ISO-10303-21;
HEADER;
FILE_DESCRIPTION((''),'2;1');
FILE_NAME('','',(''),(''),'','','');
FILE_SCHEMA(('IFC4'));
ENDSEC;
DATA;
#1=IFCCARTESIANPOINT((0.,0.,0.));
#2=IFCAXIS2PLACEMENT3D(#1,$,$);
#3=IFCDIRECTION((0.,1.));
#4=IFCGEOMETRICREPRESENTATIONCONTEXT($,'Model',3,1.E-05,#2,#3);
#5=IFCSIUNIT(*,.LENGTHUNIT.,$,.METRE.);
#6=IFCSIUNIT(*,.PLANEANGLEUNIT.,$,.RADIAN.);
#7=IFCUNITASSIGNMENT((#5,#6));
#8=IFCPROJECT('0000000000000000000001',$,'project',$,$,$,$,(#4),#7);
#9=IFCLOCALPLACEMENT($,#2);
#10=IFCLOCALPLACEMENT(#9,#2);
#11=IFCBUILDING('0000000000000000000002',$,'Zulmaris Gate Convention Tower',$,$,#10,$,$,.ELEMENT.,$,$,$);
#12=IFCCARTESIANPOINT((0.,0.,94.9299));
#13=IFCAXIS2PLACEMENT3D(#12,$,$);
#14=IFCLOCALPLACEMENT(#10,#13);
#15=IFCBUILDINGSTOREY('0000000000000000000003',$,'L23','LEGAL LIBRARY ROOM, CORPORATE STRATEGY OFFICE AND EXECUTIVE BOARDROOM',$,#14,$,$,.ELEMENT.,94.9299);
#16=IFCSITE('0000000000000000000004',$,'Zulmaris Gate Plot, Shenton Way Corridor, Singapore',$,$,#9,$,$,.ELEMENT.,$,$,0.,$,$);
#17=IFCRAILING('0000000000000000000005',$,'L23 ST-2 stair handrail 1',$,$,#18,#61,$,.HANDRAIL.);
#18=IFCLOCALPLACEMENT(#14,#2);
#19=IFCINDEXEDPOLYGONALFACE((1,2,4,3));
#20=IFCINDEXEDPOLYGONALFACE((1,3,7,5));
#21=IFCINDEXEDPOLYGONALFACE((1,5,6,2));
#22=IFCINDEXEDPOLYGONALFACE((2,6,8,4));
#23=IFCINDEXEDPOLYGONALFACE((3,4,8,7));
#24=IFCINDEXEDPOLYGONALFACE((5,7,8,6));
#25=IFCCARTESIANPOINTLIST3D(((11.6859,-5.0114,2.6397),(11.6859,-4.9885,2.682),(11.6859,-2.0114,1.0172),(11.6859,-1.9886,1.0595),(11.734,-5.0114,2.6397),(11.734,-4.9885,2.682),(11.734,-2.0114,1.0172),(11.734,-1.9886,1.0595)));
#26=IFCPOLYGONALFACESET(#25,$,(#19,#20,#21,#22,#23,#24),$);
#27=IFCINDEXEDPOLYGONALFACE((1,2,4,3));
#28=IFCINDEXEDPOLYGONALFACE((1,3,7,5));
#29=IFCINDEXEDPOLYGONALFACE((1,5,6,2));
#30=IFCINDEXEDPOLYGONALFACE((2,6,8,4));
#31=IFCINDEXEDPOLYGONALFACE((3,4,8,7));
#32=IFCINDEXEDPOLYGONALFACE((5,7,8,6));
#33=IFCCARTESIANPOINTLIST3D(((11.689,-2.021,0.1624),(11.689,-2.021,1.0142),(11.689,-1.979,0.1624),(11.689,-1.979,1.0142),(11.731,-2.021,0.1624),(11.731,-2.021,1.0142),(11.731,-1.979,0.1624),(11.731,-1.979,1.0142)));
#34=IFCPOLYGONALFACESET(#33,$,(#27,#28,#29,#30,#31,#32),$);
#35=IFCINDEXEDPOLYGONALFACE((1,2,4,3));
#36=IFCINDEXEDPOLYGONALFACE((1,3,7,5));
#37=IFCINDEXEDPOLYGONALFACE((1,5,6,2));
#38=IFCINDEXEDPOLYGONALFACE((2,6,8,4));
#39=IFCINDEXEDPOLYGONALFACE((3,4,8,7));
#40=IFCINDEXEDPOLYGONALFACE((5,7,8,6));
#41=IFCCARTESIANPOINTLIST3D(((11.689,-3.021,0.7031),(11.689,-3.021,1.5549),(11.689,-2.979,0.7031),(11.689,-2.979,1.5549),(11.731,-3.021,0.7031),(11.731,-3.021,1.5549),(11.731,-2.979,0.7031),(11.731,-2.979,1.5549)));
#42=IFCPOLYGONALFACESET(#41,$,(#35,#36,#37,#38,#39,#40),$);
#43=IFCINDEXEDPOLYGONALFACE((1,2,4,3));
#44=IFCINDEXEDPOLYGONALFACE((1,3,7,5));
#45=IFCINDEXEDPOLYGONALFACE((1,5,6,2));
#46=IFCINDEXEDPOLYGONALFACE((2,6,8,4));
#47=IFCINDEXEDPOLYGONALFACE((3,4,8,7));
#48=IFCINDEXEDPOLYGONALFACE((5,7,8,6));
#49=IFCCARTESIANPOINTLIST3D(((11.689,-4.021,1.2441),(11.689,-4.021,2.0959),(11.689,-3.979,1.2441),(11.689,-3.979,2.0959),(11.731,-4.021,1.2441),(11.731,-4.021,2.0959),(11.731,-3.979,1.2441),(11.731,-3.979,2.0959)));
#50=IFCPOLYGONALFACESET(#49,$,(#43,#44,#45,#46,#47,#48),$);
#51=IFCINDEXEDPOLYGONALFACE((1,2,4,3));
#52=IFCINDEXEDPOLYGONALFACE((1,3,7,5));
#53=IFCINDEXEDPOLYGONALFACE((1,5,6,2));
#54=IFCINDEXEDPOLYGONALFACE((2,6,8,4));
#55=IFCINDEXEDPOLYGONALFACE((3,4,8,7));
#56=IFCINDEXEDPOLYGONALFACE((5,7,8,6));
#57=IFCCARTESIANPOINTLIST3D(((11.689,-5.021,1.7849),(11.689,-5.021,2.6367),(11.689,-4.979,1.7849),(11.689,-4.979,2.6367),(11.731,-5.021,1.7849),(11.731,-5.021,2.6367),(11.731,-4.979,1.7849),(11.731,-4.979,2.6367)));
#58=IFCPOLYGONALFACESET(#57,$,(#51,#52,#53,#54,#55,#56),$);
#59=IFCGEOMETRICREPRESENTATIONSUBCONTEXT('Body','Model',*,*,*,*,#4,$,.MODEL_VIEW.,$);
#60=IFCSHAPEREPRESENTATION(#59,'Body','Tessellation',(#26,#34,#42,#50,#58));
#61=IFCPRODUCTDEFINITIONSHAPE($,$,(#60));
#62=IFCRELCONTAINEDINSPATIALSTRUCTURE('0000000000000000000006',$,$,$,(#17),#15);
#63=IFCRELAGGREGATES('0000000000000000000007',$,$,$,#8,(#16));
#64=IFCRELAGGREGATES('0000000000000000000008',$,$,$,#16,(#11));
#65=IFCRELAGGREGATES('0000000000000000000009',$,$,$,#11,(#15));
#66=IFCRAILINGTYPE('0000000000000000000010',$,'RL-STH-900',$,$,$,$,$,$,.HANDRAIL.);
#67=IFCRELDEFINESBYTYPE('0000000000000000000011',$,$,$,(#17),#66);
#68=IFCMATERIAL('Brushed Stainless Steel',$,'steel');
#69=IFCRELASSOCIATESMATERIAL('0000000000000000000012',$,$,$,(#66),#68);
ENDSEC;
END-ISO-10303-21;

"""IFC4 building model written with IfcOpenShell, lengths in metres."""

from ifc_helpers import new_model, si_unit, direction, frame, origin, origin_2d, place, context, subcontext, project, spatial, rectangle, extrude, material, type_object, element, save


model = new_model("IFC4")

# Units and contexts
model_context = context("Model", 3, precision=1e-05, world=origin(), true_north=direction((0.0, 1.0)))
body_context = subcontext(model_context, "Body", "Model", "MODEL_VIEW")
ifc_project = project(units=[si_unit("LENGTHUNIT", "METRE"), si_unit("PLANEANGLEUNIT", "RADIAN")], contexts=[model_context])

# Site, building, storey
site_placement = place(None, origin())
site = spatial("IfcSite", under=ifc_project, at=site_placement, Name="Zulmaris Gate Plot, Shenton Way Corridor, Singapore", CompositionType="ELEMENT", RefElevation=0.0)
building_placement = place(site_placement, origin())
building = spatial("IfcBuilding", under=site, at=building_placement, Name="Zulmaris Gate Convention Tower", CompositionType="ELEMENT")
storey_placement = place(building_placement, frame((0.0, 0.0, 94.9299)))
storey = spatial("IfcBuildingStorey", under=building, at=storey_placement, Name="L23", Description="LEGAL LIBRARY ROOM, CORPORATE STRATEGY OFFICE AND EXECUTIVE BOARDROOM", CompositionType="ELEMENT", Elevation=94.9299)

# Railing
ifc_material_1 = material(Name="Brushed Stainless Steel", Category="steel")
railing_type_1 = type_object("IfcRailingType", Name="RL-STH-900", PredefinedType="HANDRAIL", material=ifc_material_1)
railing_1_placement = place(storey_placement, frame((11.71, -2.0, 0.1624)))
element("IfcRailing", 1, at=railing_1_placement, inside=storey, type_object=railing_type_1, Name="L23 ST-2 stair handrail 1", PredefinedType="HANDRAIL", context=body_context, shape_type="SweptSolid", body=[
    extrude(rectangle(XDim=0.0481, YDim=0.0481, at=origin_2d()), frame((0.0, 0.0, 0.876), z_axis=(0.0, -0.879592, 0.47573), x_axis=(1.0, 0.0, 0.0)), (0.0, 0.0, 1.0), 3.4106),
    extrude(rectangle(XDim=0.042, YDim=0.042, at=origin_2d()), origin(), (0.0, 0.0, 1.0), 0.8518),
    extrude(rectangle(XDim=0.042, YDim=0.042, at=origin_2d()), frame((0.0, -1.0, 0.5408)), (0.0, 0.0, 1.0), 0.8518),
    extrude(rectangle(XDim=0.042, YDim=0.042, at=origin_2d()), frame((0.0, -2.0, 1.0818)), (0.0, 0.0, 1.0), 0.8518),
    extrude(rectangle(XDim=0.042, YDim=0.042, at=origin_2d()), frame((0.0, -3.0, 1.6226)), (0.0, 0.0, 1.0), 0.8518),
])

save(model, "model.ifc")
